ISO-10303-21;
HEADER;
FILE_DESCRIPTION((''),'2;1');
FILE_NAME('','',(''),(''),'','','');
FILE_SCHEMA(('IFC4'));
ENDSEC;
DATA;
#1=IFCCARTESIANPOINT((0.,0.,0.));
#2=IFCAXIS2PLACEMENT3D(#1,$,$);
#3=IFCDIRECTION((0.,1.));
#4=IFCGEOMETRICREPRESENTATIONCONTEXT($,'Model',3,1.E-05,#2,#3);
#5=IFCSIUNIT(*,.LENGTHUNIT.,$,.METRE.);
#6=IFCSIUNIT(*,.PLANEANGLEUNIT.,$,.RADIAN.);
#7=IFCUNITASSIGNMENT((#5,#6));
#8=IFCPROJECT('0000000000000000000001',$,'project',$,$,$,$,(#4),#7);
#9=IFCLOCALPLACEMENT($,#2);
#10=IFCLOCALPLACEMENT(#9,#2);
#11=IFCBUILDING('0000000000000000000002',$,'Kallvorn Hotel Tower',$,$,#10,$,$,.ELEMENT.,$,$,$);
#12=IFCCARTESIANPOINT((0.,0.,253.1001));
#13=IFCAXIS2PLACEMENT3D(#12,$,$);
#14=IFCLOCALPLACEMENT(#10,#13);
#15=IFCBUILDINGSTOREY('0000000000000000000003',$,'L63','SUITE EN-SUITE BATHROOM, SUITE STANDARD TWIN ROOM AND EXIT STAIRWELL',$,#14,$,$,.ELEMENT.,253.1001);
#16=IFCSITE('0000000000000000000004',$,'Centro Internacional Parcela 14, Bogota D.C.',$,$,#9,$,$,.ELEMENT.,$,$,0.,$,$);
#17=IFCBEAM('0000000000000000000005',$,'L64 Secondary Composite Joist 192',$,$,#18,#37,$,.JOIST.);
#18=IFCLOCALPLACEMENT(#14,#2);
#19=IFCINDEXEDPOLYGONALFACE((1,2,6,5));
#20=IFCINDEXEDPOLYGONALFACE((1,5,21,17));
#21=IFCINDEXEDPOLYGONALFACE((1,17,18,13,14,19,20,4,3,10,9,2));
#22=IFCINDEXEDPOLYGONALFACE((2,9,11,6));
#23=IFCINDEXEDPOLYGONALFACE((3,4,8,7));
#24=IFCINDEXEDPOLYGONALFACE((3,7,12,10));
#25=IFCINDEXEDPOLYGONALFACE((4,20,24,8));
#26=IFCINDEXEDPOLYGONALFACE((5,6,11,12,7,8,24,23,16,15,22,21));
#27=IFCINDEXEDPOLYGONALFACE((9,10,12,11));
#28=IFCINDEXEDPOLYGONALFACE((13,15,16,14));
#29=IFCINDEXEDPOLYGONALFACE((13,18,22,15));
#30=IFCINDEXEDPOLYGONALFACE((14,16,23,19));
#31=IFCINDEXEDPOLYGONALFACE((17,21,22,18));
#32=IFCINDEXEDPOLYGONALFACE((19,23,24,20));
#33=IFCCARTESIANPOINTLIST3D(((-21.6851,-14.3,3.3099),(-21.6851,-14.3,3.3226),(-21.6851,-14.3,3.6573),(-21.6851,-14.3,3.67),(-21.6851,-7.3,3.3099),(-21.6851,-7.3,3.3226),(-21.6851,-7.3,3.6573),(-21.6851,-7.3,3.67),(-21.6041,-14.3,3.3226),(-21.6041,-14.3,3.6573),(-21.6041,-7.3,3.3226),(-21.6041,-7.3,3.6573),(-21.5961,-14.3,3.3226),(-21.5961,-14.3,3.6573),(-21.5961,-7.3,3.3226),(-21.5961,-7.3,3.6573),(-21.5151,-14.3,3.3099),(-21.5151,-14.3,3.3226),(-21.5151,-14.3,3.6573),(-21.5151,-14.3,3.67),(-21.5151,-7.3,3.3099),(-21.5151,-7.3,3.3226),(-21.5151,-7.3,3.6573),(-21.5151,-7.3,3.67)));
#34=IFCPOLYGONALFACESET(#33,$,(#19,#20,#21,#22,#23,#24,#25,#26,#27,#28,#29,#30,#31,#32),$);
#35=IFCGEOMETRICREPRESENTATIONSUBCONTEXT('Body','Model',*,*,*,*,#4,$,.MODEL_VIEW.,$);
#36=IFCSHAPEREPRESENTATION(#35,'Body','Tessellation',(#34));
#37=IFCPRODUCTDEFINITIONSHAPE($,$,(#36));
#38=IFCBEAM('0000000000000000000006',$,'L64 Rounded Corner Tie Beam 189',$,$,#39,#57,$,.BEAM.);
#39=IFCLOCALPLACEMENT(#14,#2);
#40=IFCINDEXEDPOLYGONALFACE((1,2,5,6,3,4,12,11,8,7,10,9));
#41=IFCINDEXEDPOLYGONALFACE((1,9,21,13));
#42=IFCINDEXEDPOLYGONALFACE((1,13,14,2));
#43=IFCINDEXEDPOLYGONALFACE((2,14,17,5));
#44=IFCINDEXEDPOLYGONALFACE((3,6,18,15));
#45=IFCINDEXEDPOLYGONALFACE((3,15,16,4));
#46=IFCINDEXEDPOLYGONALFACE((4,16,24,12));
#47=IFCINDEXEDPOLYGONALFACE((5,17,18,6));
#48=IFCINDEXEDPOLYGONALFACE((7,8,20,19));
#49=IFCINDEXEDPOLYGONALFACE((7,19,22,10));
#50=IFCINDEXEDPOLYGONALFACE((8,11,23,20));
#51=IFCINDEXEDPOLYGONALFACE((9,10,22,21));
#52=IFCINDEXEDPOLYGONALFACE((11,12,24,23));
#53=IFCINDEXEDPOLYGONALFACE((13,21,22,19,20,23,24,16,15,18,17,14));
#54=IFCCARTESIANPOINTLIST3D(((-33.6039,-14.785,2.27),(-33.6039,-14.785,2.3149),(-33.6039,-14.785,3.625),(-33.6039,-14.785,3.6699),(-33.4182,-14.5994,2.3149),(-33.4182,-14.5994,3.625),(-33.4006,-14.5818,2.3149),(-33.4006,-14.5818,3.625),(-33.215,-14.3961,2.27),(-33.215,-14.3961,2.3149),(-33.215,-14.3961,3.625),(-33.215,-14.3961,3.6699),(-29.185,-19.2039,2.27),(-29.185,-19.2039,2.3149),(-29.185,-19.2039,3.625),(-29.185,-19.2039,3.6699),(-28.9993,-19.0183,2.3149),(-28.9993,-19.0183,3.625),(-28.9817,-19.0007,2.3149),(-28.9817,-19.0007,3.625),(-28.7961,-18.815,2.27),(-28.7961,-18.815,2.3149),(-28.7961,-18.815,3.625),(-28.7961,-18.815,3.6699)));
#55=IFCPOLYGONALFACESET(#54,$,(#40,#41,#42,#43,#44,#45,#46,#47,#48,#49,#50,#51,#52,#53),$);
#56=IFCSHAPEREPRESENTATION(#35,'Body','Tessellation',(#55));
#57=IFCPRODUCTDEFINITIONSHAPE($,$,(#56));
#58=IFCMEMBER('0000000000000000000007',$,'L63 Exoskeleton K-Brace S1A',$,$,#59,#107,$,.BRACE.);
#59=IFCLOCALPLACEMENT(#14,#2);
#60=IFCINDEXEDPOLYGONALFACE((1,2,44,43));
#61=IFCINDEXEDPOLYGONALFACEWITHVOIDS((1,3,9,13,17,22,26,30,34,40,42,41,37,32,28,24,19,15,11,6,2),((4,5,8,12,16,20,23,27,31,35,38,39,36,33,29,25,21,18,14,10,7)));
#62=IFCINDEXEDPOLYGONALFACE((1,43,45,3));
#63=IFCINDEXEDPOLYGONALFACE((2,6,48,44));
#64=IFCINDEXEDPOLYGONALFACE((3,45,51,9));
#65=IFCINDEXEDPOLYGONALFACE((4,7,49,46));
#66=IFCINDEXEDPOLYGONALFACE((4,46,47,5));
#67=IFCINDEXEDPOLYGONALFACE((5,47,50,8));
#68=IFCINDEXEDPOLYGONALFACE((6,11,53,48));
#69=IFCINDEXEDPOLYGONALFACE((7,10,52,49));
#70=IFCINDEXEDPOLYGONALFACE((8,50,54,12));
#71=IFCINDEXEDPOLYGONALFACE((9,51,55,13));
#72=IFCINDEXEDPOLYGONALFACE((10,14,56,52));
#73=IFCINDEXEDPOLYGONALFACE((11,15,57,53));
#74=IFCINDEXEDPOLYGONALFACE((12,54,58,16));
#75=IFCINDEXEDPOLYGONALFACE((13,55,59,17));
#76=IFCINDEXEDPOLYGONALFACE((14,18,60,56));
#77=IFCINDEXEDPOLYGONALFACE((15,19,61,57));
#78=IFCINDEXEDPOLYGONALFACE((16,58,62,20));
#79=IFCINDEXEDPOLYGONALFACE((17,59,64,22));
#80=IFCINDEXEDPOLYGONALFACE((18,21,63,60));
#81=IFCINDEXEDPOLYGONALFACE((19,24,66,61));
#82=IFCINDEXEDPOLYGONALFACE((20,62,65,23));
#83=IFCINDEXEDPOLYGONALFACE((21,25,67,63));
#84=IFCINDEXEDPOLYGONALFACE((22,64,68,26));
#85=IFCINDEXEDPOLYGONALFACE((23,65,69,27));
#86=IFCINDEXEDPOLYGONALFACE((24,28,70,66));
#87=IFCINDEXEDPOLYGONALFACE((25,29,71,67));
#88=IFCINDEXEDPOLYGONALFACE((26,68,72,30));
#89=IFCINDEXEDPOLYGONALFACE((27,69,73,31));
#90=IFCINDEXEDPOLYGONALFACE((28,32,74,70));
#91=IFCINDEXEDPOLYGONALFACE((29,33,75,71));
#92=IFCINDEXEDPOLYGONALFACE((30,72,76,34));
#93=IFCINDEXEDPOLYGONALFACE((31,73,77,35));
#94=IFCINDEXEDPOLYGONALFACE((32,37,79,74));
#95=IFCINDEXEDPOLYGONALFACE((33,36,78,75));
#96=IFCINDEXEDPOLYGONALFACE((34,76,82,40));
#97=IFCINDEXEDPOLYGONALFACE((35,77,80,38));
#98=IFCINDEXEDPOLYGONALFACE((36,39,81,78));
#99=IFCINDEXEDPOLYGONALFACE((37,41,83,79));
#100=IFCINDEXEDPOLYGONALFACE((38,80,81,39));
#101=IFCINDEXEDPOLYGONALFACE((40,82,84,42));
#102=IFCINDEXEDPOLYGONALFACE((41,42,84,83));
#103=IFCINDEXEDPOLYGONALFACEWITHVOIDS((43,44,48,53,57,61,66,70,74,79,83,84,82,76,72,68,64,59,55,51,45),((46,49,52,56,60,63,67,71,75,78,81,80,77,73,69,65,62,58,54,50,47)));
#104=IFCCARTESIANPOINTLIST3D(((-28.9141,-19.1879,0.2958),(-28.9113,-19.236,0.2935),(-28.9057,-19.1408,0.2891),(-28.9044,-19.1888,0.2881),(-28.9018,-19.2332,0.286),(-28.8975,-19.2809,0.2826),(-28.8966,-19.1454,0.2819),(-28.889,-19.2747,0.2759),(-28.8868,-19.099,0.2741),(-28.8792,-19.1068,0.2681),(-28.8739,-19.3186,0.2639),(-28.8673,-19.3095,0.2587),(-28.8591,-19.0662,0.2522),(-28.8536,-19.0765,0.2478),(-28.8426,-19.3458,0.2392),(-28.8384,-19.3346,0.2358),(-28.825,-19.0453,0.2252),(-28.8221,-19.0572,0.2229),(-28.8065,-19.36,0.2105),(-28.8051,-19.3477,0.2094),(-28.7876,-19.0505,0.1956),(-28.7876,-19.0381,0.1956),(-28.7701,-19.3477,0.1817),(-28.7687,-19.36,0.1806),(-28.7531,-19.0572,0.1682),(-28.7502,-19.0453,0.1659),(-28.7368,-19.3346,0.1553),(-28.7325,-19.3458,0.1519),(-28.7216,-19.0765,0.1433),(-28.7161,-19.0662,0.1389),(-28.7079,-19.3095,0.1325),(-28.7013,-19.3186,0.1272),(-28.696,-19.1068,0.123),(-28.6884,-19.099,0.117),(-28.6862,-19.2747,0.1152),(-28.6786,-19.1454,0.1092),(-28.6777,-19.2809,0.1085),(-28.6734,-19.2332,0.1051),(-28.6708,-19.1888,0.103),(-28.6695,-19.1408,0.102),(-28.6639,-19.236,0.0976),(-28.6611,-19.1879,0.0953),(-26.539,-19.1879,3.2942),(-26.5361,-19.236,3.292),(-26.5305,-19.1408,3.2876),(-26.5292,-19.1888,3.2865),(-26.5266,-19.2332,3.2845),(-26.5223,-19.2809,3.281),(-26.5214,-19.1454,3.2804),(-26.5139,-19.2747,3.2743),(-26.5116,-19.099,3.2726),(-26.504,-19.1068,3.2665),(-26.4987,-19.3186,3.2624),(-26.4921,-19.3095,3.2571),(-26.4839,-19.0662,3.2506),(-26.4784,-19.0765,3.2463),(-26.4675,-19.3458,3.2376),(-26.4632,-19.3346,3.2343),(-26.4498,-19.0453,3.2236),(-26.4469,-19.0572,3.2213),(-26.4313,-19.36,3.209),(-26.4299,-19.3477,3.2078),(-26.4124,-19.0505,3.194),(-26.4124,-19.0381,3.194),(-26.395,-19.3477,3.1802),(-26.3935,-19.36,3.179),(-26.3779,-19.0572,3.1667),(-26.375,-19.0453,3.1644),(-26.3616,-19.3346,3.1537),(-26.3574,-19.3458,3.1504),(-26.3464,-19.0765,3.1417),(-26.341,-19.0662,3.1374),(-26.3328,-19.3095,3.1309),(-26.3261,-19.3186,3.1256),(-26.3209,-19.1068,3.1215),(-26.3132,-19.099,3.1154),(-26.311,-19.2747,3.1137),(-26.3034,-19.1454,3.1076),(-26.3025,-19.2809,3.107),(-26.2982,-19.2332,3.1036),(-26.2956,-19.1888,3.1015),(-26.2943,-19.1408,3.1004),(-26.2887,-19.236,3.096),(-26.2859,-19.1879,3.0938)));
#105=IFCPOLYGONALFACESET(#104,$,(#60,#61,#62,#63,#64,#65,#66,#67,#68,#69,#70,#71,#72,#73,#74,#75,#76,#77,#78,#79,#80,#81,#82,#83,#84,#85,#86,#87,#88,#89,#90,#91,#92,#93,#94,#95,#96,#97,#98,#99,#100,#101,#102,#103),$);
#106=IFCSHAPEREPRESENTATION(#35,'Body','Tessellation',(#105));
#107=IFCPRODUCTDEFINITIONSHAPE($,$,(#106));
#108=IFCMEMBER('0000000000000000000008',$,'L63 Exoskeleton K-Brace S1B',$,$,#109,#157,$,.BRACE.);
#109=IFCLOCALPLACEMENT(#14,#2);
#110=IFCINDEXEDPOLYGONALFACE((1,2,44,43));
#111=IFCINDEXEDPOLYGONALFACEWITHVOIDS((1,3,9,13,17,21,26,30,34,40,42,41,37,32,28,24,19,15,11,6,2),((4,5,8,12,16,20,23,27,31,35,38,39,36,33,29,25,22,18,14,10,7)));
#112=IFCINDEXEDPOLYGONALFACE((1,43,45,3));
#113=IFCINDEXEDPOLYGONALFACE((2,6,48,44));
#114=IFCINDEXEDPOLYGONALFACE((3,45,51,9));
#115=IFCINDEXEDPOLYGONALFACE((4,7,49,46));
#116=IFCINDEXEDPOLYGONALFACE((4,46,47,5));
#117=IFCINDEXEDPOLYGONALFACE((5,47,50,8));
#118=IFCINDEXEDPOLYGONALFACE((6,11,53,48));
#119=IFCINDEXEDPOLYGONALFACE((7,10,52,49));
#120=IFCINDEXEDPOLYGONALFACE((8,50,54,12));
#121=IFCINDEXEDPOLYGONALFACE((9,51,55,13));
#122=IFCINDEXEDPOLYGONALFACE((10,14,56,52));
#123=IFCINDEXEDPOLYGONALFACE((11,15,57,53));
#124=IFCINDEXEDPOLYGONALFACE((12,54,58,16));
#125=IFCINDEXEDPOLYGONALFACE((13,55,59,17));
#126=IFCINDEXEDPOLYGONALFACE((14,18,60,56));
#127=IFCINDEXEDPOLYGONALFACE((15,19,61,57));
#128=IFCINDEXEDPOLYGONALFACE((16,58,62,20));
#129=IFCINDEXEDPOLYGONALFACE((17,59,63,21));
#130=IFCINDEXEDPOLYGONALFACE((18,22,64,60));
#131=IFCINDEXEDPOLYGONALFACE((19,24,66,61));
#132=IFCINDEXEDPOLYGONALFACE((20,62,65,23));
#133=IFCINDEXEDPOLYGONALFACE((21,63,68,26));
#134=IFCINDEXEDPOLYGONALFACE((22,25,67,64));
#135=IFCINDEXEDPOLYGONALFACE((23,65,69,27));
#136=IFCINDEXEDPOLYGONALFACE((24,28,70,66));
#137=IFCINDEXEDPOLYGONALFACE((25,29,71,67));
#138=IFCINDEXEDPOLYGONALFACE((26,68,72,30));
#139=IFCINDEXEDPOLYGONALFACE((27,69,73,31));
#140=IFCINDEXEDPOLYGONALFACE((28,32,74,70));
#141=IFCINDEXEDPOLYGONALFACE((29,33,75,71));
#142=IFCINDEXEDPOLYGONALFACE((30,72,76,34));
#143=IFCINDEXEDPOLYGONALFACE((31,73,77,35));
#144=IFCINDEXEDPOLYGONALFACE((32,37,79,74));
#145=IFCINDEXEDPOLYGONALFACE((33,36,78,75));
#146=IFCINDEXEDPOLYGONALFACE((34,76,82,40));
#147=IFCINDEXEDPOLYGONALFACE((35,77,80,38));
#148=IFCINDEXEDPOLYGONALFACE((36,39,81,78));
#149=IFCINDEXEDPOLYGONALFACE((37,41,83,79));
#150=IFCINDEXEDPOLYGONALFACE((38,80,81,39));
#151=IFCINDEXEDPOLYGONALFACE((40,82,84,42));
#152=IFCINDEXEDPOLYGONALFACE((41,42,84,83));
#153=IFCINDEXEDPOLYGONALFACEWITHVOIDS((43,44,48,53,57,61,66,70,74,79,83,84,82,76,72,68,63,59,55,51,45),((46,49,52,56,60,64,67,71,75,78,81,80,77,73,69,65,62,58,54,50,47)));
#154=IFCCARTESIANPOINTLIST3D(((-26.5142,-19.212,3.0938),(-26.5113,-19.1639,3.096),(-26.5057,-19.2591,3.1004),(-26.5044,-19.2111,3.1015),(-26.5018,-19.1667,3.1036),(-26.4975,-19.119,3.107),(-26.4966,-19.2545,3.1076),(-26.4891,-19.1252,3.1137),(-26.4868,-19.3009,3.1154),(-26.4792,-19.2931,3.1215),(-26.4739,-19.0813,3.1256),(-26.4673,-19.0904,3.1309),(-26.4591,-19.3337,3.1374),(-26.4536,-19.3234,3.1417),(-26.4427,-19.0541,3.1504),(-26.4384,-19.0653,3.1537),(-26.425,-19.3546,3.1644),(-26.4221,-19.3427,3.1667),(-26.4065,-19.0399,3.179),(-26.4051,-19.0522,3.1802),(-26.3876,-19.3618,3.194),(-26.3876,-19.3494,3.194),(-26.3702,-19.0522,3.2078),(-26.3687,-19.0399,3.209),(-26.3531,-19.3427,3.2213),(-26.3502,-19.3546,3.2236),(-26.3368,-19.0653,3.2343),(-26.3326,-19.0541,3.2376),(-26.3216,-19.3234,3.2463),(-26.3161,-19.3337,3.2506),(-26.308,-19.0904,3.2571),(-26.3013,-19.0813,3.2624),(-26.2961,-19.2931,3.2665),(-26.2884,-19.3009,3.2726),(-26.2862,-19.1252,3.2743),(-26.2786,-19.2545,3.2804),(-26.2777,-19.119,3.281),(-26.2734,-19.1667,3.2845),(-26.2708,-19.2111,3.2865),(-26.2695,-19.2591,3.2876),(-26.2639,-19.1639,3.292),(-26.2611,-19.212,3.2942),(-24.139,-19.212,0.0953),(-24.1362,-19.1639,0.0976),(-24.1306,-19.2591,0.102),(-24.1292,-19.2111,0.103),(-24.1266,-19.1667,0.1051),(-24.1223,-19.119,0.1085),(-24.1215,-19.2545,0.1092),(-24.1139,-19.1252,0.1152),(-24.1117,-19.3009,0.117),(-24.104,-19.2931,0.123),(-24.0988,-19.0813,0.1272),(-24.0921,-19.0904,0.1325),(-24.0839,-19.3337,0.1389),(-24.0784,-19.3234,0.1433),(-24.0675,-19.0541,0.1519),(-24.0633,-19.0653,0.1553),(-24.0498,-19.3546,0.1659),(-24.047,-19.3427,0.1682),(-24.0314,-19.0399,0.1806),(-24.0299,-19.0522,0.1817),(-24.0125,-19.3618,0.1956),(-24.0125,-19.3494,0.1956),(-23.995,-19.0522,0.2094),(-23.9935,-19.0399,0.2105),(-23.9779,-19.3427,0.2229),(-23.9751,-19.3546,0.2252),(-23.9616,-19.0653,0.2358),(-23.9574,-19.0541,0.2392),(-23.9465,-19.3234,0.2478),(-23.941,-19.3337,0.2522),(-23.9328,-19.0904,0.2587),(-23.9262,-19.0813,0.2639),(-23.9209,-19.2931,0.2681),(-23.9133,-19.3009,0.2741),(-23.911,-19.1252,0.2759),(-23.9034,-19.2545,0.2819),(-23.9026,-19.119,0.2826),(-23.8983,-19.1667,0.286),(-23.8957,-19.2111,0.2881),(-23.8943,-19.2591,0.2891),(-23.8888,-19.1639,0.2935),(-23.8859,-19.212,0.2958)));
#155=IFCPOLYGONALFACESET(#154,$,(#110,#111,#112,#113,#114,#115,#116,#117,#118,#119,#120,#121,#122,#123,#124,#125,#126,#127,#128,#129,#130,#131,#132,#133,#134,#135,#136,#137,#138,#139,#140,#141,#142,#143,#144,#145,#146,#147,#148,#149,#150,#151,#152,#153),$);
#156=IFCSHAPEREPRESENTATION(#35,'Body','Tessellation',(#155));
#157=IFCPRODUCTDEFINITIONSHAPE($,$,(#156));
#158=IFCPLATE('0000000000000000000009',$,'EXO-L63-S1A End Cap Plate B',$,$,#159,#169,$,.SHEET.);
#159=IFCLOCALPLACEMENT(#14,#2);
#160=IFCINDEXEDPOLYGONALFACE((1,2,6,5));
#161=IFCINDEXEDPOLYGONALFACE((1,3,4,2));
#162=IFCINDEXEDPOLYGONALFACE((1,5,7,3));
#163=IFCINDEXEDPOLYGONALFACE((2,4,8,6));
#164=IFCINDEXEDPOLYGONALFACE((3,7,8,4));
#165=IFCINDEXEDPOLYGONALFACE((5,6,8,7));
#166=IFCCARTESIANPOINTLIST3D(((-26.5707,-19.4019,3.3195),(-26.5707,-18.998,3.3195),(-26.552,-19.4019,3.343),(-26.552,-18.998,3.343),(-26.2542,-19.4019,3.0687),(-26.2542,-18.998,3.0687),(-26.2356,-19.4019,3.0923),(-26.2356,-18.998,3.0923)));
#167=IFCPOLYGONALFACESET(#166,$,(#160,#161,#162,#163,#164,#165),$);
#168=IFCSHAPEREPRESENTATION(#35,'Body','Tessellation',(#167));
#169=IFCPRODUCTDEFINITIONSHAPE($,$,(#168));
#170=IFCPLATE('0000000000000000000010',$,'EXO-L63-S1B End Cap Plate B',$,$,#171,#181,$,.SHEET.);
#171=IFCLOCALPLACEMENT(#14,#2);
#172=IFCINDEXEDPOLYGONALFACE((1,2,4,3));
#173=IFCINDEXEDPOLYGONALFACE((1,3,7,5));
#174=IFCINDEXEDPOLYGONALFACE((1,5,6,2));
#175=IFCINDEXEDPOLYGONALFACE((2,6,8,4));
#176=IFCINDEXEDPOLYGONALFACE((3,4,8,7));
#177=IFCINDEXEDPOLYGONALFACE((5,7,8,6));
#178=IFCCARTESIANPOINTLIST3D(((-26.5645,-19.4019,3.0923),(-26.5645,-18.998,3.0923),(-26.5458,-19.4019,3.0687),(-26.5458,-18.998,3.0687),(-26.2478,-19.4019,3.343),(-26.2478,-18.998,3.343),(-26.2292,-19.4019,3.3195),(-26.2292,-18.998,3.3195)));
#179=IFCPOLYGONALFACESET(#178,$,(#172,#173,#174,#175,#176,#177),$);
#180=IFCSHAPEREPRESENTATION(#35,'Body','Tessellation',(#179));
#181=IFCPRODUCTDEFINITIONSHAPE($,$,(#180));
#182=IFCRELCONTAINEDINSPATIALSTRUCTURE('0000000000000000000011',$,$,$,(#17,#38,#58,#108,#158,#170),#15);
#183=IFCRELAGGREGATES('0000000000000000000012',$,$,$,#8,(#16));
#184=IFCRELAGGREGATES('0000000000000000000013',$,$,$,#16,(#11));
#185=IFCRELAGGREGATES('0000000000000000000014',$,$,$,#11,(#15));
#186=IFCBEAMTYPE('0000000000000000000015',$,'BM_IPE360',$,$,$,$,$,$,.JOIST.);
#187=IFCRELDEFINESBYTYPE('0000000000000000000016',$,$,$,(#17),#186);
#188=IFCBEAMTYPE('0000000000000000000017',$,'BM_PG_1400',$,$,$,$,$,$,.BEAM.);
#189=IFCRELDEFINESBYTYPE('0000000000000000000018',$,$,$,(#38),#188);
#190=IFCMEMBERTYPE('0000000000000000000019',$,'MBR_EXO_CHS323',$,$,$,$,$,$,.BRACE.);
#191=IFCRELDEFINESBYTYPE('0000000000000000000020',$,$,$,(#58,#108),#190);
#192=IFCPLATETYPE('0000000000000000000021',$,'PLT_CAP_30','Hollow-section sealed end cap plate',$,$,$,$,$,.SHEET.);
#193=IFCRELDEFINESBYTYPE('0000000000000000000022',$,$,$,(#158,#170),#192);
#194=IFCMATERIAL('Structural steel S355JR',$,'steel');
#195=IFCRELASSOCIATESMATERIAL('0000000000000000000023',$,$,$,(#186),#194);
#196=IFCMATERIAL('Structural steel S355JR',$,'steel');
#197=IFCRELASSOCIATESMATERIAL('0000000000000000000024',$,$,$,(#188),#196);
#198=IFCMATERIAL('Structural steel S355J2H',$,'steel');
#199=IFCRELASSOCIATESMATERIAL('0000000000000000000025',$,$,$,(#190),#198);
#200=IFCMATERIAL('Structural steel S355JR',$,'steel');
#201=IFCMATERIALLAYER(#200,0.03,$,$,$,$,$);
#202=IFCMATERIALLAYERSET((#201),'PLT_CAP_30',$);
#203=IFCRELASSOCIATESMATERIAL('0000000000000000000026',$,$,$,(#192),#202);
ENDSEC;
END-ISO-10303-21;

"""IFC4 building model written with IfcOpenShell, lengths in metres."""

from ifc_helpers import new_model, si_unit, direction, frame, origin, origin_2d, place, context, subcontext, project, spatial, polyline, hollow_circle, i_section, outline, extrude, material, layer, layer_set, material_profile, profile_set, type_object, element, save


model = new_model("IFC4")

# Units and contexts
model_context = context("Model", 3, precision=1e-05, world=origin(), true_north=direction((0.0, 1.0)))
body_context = subcontext(model_context, "Body", "Model", "MODEL_VIEW")
ifc_project = project(units=[si_unit("LENGTHUNIT", "METRE"), si_unit("PLANEANGLEUNIT", "RADIAN")], contexts=[model_context])

# Site, building, storey
site_placement = place(None, origin())
site = spatial("IfcSite", under=ifc_project, at=site_placement, Name="Centro Internacional Parcela 14, Bogota D.C.", CompositionType="ELEMENT", RefElevation=0.0)
building_placement = place(site_placement, origin())
building = spatial("IfcBuilding", under=site, at=building_placement, Name="Kallvorn Hotel Tower", CompositionType="ELEMENT")
storey_placement = place(building_placement, frame((0.0, 0.0, 253.1001)))
storey = spatial("IfcBuildingStorey", under=building, at=storey_placement, Name="L63", Description="SUITE EN-SUITE BATHROOM, SUITE STANDARD TWIN ROOM AND EXIT STAIRWELL", CompositionType="ELEMENT", Elevation=253.1001)

# Beams
ifc_material_1 = material(Name="Structural steel S355JR", Category="steel")
ifc_material_profile_1 = material_profile(ifc_material_1, i_section(OverallWidth=0.1699, OverallDepth=0.3601, WebThickness=0.0081, FlangeThickness=0.0127, at=origin_2d()), Name="IPE 360")
ifc_profile_set_1 = profile_set([ifc_material_profile_1], Name="Structural steel S355JR")
beam_type_1 = type_object("IfcBeamType", Name="BM_IPE360", PredefinedType="JOIST", material=ifc_profile_set_1)
beam_1_placement = place(storey_placement, frame((-21.6001, -14.3, 3.49), z_axis=(0.0, 1.0, 0.0), x_axis=(-1.0, 0.0, 0.0)))
element("IfcBeam", 1, at=beam_1_placement, inside=storey, type_object=beam_type_1, Name="L64 Secondary Composite Joist 192", PredefinedType="JOIST", context=body_context, shape_type="SweptSolid", body=[
    extrude(i_section(OverallWidth=0.1699, OverallDepth=0.3601, WebThickness=0.0081, FlangeThickness=0.0127, at=origin_2d()), origin(), (0.0, 0.0, 1.0), 7.0),
])
ifc_material_2 = material(Name="Structural steel S355JR", Category="steel")
ifc_material_profile_2 = material_profile(ifc_material_2, i_section(OverallWidth=0.55, OverallDepth=1.3999, WebThickness=0.0249, FlangeThickness=0.0449, at=origin_2d()), Name="PG 1400x550x25x45")
ifc_profile_set_2 = profile_set([ifc_material_profile_2], Name="Structural steel S355JR")
beam_type_2 = type_object("IfcBeamType", Name="BM_PG_1400", PredefinedType="BEAM", material=ifc_profile_set_2)
beam_2_placement = place(storey_placement, frame((-33.4094, -14.5906, 2.97), z_axis=(0.707107, -0.707107, 0.0), x_axis=(0.707107, 0.707107, 0.0)))
element("IfcBeam", 2, at=beam_2_placement, inside=storey, type_object=beam_type_2, Name="L64 Rounded Corner Tie Beam 189", PredefinedType="BEAM", context=body_context, shape_type="SweptSolid", body=[
    extrude(i_section(OverallWidth=0.55, OverallDepth=1.3999, WebThickness=0.0249, FlangeThickness=0.0449, at=origin_2d()), origin(), (0.0, 0.0, 1.0), 6.2493),
])

# Members
ifc_material_3 = material(Name="Structural steel S355J2H", Category="steel")
ifc_material_profile_3 = material_profile(ifc_material_3, hollow_circle(Radius=0.1619, WallThickness=0.0125, at=origin_2d()), Name="CHS 323.9x12.5")
ifc_profile_set_3 = profile_set([ifc_material_profile_3], Name="Structural steel S355J2H")
member_type = type_object("IfcMemberType", Name="MBR_EXO_CHS323", PredefinedType="BRACE", material=ifc_profile_set_3)
for number, where, z_axis, x_axis, name in (
    (3, (-28.7876, -19.2, 0.1956), (0.620929, 0.0, 0.783867), (0.0, 1.0, 0.0), "L63 Exoskeleton K-Brace S1A"),
    (4, (-24.0125, -19.2, 0.1956), (-0.620929, 0.0, 0.783867), (0.0, -1.0, 0.0), "L63 Exoskeleton K-Brace S1B"),
):
    element("IfcMember", number, at=place(storey_placement, frame(where, z_axis=z_axis, x_axis=x_axis)), inside=storey, type_object=member_type, Name=name, PredefinedType="BRACE", context=body_context, shape_type="SweptSolid", body=[
        extrude(hollow_circle(Radius=0.1619, WallThickness=0.0125, at=origin_2d()), origin(), (0.0, 0.0, 1.0), 3.8252),
    ])

# Plates
ifc_material_4 = material(Name="Structural steel S355JR", Category="steel")
ifc_layer_1 = layer(ifc_material_4, 0.03)
ifc_layer_set_1 = layer_set([ifc_layer_1], Name="PLT_CAP_30")
plate_type_1 = type_object("IfcPlateType", Name="PLT_CAP_30", Description="Hollow-section sealed end cap plate", PredefinedType="SHEET", material=ifc_layer_set_1)
plate_1_placement = place(storey_placement, frame((-26.2356, -19.4019, 3.0923), z_axis=(0.621075, 0.0, 0.783751), x_axis=(0.0, 1.0, 0.0)))
element("IfcPlate", 5, at=plate_1_placement, inside=storey, type_object=plate_type_1, Name="EXO-L63-S1A End Cap Plate B", PredefinedType="SHEET", context=body_context, shape_type="SweptSolid", body=[
    extrude(outline(polyline([(0.0, 0.0), (0.4038, 0.0), (0.4038, 0.4037), (0.0, 0.4037), (0.0, 0.0)])), origin(), (0.0, 0.0, -1.0), 0.03),
])
plate_2_placement = place(storey_placement, frame((-26.5645, -18.998, 3.0923), z_axis=(-0.62078, 0.0, 0.783985), x_axis=(0.0, -1.0, 0.0)))
element("IfcPlate", 6, at=plate_2_placement, inside=storey, type_object=plate_type_1, Name="EXO-L63-S1B End Cap Plate B", PredefinedType="SHEET", context=body_context, shape_type="SweptSolid", body=[
    extrude(outline(polyline([(0.0, 0.0), (0.4038, 0.0), (0.4038, 0.4039), (0.0, 0.4039), (0.0, 0.0)])), origin(), (0.0, 0.0, -1.0), 0.03),
])

save(model, "model.ifc")
